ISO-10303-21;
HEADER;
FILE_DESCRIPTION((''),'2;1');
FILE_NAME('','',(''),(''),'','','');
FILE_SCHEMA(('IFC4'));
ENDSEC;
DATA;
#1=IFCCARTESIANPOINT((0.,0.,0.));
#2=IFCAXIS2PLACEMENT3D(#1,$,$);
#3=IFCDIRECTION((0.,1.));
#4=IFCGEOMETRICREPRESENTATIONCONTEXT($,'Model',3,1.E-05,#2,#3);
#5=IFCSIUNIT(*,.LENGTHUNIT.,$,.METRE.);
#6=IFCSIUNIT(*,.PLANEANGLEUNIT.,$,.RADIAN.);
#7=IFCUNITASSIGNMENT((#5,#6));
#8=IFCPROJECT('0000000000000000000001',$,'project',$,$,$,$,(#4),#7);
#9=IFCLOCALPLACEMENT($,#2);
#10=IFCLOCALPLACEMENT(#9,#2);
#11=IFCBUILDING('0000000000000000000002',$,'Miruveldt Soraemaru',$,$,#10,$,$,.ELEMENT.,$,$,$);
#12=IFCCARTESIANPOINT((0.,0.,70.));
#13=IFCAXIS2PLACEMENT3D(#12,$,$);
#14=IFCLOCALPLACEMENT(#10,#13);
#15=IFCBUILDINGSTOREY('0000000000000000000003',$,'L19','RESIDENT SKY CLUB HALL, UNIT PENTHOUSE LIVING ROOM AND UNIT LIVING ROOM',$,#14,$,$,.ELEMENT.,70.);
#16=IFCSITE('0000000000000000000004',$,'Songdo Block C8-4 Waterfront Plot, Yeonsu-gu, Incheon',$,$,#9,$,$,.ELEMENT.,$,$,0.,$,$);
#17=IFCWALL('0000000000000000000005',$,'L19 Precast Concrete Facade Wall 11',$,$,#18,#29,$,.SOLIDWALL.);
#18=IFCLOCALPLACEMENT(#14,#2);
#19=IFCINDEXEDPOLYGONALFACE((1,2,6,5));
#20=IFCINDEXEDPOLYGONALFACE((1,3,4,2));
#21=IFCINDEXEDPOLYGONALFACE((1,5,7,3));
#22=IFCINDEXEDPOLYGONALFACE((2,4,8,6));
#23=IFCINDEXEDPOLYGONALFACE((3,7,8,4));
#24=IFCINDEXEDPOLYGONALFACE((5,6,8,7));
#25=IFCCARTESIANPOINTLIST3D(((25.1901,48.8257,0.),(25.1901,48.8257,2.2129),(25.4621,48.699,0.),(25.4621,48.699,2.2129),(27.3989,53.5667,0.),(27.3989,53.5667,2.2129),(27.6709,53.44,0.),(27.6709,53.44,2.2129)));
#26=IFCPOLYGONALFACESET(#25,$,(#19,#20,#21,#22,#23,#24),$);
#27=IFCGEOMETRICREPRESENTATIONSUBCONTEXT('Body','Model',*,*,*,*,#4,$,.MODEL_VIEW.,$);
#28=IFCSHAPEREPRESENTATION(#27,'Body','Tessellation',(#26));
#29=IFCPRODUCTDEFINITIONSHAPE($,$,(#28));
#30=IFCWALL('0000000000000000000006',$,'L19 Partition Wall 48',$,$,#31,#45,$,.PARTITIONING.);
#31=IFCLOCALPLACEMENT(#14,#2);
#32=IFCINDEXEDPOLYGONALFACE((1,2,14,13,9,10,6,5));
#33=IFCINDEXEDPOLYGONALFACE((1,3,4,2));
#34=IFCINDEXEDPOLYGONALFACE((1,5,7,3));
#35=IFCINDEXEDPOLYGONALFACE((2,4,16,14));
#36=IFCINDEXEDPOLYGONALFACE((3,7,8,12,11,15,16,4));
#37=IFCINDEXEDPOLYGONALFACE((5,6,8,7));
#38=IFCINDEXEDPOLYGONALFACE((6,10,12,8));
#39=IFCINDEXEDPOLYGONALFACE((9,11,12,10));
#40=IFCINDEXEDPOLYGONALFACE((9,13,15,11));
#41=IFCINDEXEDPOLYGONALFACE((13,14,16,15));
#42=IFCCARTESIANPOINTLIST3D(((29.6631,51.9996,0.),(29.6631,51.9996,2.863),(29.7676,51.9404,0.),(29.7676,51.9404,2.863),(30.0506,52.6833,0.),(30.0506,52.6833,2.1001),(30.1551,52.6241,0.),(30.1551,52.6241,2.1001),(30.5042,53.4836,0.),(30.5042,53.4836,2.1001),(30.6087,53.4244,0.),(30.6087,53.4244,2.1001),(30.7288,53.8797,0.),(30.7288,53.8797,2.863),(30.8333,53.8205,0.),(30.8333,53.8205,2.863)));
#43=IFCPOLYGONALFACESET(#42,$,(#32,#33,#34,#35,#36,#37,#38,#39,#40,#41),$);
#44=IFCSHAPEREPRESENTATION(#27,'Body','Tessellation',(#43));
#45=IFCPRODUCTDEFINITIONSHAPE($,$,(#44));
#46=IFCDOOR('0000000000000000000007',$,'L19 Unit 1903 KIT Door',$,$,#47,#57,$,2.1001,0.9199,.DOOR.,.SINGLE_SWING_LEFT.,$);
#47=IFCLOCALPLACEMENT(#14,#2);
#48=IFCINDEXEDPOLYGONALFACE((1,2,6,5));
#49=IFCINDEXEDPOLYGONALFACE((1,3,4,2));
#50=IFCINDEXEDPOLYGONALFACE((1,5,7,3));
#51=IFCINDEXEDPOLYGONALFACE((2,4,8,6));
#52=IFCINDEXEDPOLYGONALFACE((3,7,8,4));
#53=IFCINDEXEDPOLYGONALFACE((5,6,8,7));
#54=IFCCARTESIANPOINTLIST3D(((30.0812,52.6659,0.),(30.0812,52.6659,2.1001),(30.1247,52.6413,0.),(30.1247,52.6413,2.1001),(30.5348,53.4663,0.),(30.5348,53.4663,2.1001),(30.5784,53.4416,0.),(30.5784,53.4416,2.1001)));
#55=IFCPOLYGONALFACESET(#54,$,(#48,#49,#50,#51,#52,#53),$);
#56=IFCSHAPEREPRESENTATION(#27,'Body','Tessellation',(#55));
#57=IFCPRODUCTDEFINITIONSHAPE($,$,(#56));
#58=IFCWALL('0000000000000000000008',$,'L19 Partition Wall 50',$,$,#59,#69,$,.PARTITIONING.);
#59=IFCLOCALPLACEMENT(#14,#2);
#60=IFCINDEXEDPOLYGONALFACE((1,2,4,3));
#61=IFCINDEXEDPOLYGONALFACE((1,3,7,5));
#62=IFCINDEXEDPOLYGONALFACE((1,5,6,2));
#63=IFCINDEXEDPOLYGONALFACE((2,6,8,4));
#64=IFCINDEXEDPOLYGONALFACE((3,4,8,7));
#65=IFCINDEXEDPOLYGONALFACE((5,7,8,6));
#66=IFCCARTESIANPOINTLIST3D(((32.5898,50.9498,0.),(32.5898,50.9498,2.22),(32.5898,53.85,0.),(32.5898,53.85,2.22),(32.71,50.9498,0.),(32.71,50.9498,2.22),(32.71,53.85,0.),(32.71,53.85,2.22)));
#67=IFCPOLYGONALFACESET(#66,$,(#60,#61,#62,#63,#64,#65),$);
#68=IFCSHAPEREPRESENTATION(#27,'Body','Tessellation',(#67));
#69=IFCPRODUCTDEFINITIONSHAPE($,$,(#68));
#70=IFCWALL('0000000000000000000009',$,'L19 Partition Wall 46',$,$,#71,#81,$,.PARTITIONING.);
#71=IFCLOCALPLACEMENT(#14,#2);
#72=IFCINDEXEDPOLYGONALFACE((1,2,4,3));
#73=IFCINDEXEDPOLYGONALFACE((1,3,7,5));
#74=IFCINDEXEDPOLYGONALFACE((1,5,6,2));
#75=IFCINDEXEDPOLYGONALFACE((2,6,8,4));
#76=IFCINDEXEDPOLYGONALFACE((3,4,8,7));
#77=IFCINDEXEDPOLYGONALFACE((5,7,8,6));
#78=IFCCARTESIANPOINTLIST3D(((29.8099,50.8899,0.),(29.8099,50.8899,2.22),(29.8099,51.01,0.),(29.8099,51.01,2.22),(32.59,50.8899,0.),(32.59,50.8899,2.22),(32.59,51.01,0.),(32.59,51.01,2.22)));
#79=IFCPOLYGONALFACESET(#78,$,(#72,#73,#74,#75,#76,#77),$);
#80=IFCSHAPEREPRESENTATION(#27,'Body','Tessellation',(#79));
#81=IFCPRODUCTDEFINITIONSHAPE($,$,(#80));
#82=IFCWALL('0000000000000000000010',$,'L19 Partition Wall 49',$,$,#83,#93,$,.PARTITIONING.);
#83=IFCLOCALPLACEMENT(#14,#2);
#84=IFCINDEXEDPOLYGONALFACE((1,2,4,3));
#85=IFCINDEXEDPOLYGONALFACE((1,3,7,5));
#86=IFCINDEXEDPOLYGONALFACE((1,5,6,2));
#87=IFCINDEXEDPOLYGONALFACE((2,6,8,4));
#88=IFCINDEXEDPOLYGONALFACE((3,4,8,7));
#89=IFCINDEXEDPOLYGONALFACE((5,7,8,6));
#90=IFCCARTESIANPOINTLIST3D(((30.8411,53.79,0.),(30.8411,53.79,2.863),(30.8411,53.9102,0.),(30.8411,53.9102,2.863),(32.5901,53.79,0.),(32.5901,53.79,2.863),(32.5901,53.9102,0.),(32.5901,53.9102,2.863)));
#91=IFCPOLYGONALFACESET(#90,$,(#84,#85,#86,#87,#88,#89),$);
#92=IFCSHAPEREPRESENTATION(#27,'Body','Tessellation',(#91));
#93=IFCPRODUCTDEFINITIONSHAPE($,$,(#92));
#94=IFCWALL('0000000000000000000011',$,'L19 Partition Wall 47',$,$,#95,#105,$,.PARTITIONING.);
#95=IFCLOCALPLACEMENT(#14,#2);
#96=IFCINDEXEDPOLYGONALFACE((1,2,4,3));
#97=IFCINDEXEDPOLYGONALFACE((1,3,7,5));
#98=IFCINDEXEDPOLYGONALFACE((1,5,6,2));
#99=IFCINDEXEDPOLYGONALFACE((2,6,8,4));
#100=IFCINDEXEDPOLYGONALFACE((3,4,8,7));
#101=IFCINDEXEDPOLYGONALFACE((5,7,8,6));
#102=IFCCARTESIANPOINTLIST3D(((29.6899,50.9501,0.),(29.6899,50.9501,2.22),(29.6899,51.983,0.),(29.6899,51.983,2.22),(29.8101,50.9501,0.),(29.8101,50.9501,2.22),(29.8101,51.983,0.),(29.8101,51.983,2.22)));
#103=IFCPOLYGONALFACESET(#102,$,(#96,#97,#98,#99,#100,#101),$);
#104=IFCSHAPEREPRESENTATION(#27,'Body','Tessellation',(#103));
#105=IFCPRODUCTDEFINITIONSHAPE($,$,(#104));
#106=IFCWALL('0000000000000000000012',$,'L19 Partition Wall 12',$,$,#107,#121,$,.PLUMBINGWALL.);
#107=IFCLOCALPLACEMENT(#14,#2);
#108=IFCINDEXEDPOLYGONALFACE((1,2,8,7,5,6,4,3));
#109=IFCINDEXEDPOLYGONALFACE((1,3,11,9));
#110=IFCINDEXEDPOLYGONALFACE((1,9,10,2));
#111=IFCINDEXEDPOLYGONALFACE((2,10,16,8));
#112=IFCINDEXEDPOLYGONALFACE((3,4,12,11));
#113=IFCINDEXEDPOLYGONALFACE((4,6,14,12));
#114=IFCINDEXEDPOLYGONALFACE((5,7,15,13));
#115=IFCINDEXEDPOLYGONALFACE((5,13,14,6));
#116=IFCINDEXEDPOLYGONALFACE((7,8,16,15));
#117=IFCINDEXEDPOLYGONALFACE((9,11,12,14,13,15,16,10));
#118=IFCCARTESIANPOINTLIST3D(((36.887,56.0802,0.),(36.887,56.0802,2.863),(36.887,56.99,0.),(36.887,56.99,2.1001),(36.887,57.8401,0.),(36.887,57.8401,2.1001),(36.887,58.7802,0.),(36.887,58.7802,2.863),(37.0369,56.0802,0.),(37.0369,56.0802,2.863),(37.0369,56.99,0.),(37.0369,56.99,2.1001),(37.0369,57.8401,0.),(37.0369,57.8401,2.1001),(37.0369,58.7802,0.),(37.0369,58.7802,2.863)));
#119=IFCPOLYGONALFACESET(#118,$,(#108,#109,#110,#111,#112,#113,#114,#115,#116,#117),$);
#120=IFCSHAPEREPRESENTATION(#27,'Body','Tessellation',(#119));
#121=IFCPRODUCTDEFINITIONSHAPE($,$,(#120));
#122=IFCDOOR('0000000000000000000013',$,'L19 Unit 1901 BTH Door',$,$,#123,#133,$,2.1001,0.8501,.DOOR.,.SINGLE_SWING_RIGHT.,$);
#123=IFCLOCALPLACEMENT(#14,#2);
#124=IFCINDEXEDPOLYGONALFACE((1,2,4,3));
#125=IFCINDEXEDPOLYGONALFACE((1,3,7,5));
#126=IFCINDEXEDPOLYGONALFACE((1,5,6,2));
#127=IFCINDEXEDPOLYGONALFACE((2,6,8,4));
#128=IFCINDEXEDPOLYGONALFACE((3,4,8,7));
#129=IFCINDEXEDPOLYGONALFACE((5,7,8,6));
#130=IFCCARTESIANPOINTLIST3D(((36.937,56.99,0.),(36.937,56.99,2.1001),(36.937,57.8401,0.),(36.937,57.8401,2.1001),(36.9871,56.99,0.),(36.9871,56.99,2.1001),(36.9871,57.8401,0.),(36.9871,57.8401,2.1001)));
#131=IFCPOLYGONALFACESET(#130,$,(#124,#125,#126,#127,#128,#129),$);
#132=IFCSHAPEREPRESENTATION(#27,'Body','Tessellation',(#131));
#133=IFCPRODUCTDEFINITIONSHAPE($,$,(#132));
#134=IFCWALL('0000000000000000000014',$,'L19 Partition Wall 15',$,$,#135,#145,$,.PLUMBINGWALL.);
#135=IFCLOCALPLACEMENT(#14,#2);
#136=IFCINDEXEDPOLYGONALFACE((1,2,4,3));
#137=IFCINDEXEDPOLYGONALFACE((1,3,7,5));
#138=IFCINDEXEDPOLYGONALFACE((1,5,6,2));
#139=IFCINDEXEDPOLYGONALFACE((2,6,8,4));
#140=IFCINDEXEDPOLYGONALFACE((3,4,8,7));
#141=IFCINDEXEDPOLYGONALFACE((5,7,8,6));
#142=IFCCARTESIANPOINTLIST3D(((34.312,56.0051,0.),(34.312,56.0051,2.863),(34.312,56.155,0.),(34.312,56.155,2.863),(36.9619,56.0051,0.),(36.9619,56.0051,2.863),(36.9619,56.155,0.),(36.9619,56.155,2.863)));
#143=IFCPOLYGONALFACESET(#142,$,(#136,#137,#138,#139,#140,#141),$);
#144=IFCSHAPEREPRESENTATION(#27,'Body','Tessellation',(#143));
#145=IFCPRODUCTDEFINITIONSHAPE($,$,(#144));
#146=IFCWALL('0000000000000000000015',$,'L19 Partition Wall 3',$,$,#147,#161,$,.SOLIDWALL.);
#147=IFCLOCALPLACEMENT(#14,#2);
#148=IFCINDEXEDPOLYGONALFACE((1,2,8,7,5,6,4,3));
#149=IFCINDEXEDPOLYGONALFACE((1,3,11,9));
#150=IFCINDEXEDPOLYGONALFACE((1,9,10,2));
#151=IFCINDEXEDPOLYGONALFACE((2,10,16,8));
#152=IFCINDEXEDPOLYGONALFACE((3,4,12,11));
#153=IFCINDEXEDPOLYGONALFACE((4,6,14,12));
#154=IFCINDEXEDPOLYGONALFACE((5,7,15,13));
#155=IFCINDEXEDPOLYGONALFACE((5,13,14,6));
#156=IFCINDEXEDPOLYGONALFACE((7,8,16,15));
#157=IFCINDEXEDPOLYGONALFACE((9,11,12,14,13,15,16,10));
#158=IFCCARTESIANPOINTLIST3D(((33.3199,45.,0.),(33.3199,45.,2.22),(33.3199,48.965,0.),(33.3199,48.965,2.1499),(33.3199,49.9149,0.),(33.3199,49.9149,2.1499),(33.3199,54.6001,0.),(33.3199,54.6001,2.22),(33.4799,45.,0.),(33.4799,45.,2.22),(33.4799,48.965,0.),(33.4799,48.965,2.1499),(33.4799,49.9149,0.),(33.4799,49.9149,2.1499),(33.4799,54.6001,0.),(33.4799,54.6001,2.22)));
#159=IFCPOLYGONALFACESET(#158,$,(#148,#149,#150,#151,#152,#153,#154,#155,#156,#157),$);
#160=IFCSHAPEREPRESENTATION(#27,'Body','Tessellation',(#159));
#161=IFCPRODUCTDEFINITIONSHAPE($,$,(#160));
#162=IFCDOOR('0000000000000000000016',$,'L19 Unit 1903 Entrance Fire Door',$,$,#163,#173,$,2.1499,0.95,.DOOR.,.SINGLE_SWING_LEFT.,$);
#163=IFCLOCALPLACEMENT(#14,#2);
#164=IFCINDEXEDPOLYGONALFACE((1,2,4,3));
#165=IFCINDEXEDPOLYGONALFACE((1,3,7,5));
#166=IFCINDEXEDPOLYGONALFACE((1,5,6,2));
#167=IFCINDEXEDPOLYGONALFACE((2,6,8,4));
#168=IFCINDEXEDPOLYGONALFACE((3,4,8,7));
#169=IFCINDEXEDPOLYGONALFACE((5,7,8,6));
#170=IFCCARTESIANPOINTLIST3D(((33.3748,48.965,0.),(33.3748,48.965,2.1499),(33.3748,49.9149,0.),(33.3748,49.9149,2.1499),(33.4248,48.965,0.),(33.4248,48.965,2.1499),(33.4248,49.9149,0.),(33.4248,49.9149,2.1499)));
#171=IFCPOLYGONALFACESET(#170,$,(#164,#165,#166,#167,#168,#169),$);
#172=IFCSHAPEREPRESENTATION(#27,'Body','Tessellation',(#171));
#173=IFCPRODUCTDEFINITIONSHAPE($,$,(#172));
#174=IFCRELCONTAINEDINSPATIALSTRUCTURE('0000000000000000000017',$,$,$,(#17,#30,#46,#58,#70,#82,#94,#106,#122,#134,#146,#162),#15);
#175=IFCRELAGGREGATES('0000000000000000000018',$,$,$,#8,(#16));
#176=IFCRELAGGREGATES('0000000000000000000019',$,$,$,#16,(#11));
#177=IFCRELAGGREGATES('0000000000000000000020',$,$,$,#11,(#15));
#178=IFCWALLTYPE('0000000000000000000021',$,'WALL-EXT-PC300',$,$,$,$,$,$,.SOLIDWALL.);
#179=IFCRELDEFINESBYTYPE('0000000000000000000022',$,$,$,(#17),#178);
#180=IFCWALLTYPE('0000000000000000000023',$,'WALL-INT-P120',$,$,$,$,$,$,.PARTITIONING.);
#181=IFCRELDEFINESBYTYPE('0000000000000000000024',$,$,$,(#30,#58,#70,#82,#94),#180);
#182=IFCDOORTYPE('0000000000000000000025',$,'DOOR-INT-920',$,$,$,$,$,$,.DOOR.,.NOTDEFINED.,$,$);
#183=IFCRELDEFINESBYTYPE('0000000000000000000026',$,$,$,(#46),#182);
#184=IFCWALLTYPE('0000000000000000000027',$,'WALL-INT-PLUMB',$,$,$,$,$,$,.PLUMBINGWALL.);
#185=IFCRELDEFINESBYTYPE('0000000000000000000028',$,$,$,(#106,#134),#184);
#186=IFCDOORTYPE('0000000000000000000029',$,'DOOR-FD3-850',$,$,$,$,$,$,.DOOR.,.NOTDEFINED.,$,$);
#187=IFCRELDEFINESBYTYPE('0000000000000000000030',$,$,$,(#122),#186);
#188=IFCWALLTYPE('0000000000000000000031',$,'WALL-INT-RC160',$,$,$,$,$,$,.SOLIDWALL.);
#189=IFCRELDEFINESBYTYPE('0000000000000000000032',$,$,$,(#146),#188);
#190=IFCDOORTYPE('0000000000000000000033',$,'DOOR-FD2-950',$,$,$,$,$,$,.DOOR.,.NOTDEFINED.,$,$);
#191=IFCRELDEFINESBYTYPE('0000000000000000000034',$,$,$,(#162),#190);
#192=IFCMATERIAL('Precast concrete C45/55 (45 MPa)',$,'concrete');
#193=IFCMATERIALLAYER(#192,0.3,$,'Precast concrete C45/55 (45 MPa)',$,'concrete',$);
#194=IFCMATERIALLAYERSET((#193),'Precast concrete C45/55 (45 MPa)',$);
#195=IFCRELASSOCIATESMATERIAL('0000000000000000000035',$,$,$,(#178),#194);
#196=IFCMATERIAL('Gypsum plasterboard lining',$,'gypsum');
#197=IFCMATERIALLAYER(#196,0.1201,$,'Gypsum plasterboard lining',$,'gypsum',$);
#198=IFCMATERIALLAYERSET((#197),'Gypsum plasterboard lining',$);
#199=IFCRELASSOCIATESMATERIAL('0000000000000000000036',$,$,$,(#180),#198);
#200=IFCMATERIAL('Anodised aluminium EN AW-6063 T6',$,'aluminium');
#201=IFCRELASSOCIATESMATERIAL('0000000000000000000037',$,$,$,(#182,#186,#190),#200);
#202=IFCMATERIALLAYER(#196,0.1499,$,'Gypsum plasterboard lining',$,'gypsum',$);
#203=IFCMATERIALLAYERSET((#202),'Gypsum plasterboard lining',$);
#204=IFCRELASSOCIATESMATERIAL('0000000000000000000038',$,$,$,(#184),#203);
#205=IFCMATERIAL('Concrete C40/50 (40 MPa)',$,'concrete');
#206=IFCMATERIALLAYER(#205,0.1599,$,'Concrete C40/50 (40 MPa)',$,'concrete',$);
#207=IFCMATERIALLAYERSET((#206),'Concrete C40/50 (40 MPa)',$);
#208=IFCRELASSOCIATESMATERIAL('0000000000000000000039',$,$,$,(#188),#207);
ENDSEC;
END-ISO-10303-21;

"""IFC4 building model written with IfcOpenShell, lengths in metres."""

from ifc_helpers import new_model, si_unit, direction, frame, frame_2d, origin, place, context, subcontext, project, spatial, rectangle, extrude, material, layer, layer_set, type_object, element, fill, save


model = new_model("IFC4")

# Units and contexts
model_context = context("Model", 3, precision=1e-05, world=origin(), true_north=direction((0.0, 1.0)))
body_context = subcontext(model_context, "Body", "Model", "MODEL_VIEW")
ifc_project = project(units=[si_unit("LENGTHUNIT", "METRE"), si_unit("PLANEANGLEUNIT", "RADIAN")], contexts=[model_context])

# Site, building, storey
site_placement = place(None, origin())
site = spatial("IfcSite", under=ifc_project, at=site_placement, Name="Songdo Block C8-4 Waterfront Plot, Yeonsu-gu, Incheon", CompositionType="ELEMENT", RefElevation=0.0)
building_placement = place(site_placement, origin())
building = spatial("IfcBuilding", under=site, at=building_placement, Name="Miruveldt Soraemaru", CompositionType="ELEMENT")
storey_placement = place(building_placement, frame((0.0, 0.0, 70.0)))
storey = spatial("IfcBuildingStorey", under=building, at=storey_placement, Name="L19", Description="RESIDENT SKY CLUB HALL, UNIT PENTHOUSE LIVING ROOM AND UNIT LIVING ROOM", CompositionType="ELEMENT", Elevation=70.0)

# Shared definitions
ifc_material_1 = material(Name="Anodised aluminium EN AW-6063 T6", Category="aluminium")

# Wall
ifc_material_2 = material(Name="Precast concrete C45/55 (45 MPa)", Category="concrete")
ifc_layer_1 = layer(ifc_material_2, 0.3, Name="Precast concrete C45/55 (45 MPa)", Category="concrete")
ifc_layer_set_1 = layer_set([ifc_layer_1], Name="Precast concrete C45/55 (45 MPa)")
wall_type_1 = type_object("IfcWallType", Name="WALL-EXT-PC300", PredefinedType="SOLIDWALL", material=ifc_layer_set_1)
wall_1_placement = place(storey_placement, frame((27.5349, 53.5034, 0.0), z_axis=(0.0, 0.0, 1.0), x_axis=(-0.422303, -0.906455, 0.0)))
element("IfcWall", 1, at=wall_1_placement, inside=storey, type_object=wall_type_1, Name="L19 Precast Concrete Facade Wall 11", PredefinedType="SOLIDWALL", context=body_context, shape_type="SweptSolid", body=[
    extrude(rectangle(XDim=5.2302, YDim=0.3, at=frame_2d((2.6152, 0.0))), origin(), (0.0, 0.0, 1.0), 2.2129),
])

# Wall, opening, door
ifc_material_3 = material(Name="Gypsum plasterboard lining", Category="gypsum")
ifc_layer_2 = layer(ifc_material_3, 0.1201, Name="Gypsum plasterboard lining", Category="gypsum")
ifc_layer_set_2 = layer_set([ifc_layer_2], Name="Gypsum plasterboard lining")
wall_type_2 = type_object("IfcWallType", Name="WALL-INT-P120", PredefinedType="PARTITIONING", material=ifc_layer_set_2)
wall_2_placement = place(storey_placement, frame((29.7153, 51.97, 0.0), z_axis=(0.0, 0.0, 1.0), x_axis=(0.493107, 0.869969, 0.0)))
wall_2 = element("IfcWall", 2, at=wall_2_placement, inside=storey, type_object=wall_type_2, Name="L19 Partition Wall 48", PredefinedType="PARTITIONING", context=body_context, shape_type="SweptSolid", body=[
    extrude(rectangle(XDim=2.1611, YDim=0.1201, at=frame_2d((1.0806, 0.0))), origin(), (0.0, 0.0, 1.0), 2.863),
])
opening_1_placement = place(wall_2_placement, frame((0.7859, 0.0, 0.0)))
opening_1 = element("IfcOpeningElement", 3, at=opening_1_placement, cuts=wall_2, PredefinedType="OPENING", context=body_context, shape_type="SweptSolid", body=[
    extrude(rectangle(XDim=0.9199, YDim=2.1001, at=frame_2d((0.46, 1.05))), frame((0.0, 0.0701, 0.0), z_axis=(0.0, -1.0, 0.0), x_axis=(1.0, 0.0, 0.0)), (0.0, 0.0, 1.0), 0.1401),
])
door_type_1 = type_object("IfcDoorType", Name="DOOR-INT-920", OperationType="NOTDEFINED", PredefinedType="DOOR", material=ifc_material_1)
door_1_placement = place(opening_1_placement, origin())
door_1 = element("IfcDoor", 4, at=door_1_placement, inside=storey, type_object=door_type_1, Name="L19 Unit 1903 KIT Door", OperationType="SINGLE_SWING_LEFT", OverallHeight=2.1001, OverallWidth=0.9199, PredefinedType="DOOR", context=body_context, shape_type="SweptSolid", body=[
    extrude(rectangle(XDim=0.9199, YDim=2.1001, at=frame_2d((0.46, 1.05))), frame((0.0, 0.0249, 0.0), z_axis=(0.0, -1.0, 0.0), x_axis=(1.0, 0.0, 0.0)), (0.0, 0.0, 1.0), 0.05),
])
fill(opening_1, door_1)

# Walls
wall_3_placement = place(storey_placement, frame((32.6499, 53.8501, 0.0), z_axis=(0.0, 0.0, 1.0), x_axis=(0.0, -1.0, 0.0)))
element("IfcWall", 5, at=wall_3_placement, inside=storey, type_object=wall_type_2, Name="L19 Partition Wall 50", PredefinedType="PARTITIONING", context=body_context, shape_type="SweptSolid", body=[
    extrude(rectangle(XDim=2.9001, YDim=0.1201, at=frame_2d((1.4502, 0.0))), origin(), (0.0, 0.0, 1.0), 2.22),
])
wall_4_placement = place(storey_placement, frame((32.5901, 50.95, 0.0), z_axis=(0.0, 0.0, 1.0), x_axis=(-1.0, 0.0, 0.0)))
element("IfcWall", 6, at=wall_4_placement, inside=storey, type_object=wall_type_2, Name="L19 Partition Wall 46", PredefinedType="PARTITIONING", context=body_context, shape_type="SweptSolid", body=[
    extrude(rectangle(XDim=2.78, YDim=0.1201, at=frame_2d((1.3901, 0.0))), origin(), (0.0, 0.0, 1.0), 2.22),
])
wall_5_placement = place(storey_placement, frame((30.8411, 53.8501, 0.0), z_axis=(0.0, 0.0, 1.0), x_axis=(1.0, 0.0, 0.0)))
element("IfcWall", 7, at=wall_5_placement, inside=storey, type_object=wall_type_2, Name="L19 Partition Wall 49", PredefinedType="PARTITIONING", context=body_context, shape_type="SweptSolid", body=[
    extrude(rectangle(XDim=1.749, YDim=0.1201, at=frame_2d((0.8745, 0.0))), origin(), (0.0, 0.0, 1.0), 2.863),
])
wall_6_placement = place(storey_placement, frame((29.75, 50.95, 0.0), z_axis=(0.0, 0.0, 1.0), x_axis=(0.0, 1.0, 0.0)))
element("IfcWall", 8, at=wall_6_placement, inside=storey, type_object=wall_type_2, Name="L19 Partition Wall 47", PredefinedType="PARTITIONING", context=body_context, shape_type="SweptSolid", body=[
    extrude(rectangle(XDim=1.033, YDim=0.1201, at=frame_2d((0.5166, 0.0))), origin(), (0.0, 0.0, 1.0), 2.22),
])

# Wall, opening, door
ifc_layer_3 = layer(ifc_material_3, 0.1499, Name="Gypsum plasterboard lining", Category="gypsum")
ifc_layer_set_3 = layer_set([ifc_layer_3], Name="Gypsum plasterboard lining")
wall_type_3 = type_object("IfcWallType", Name="WALL-INT-PLUMB", PredefinedType="PLUMBINGWALL", material=ifc_layer_set_3)
wall_7_placement = place(storey_placement, frame((36.9619, 56.0801, 0.0), z_axis=(0.0, 0.0, 1.0), x_axis=(0.0, 1.0, 0.0)))
wall_7 = element("IfcWall", 9, at=wall_7_placement, inside=storey, type_object=wall_type_3, Name="L19 Partition Wall 12", PredefinedType="PLUMBINGWALL", context=body_context, shape_type="SweptSolid", body=[
    extrude(rectangle(XDim=2.7, YDim=0.1499, at=frame_2d((1.3501, 0.0))), origin(), (0.0, 0.0, 1.0), 2.863),
])
opening_2_placement = place(wall_7_placement, frame((0.9099, 0.0, 0.0)))
opening_2 = element("IfcOpeningElement", 10, at=opening_2_placement, cuts=wall_7, PredefinedType="OPENING", context=body_context, shape_type="SweptSolid", body=[
    extrude(rectangle(XDim=0.8501, YDim=2.1001, at=frame_2d((0.425, 1.05))), frame((0.0, 0.085, 0.0), z_axis=(0.0, -1.0, 0.0), x_axis=(1.0, 0.0, 0.0)), (0.0, 0.0, 1.0), 0.1699),
])
door_type_2 = type_object("IfcDoorType", Name="DOOR-FD3-850", OperationType="NOTDEFINED", PredefinedType="DOOR", material=ifc_material_1)
door_2_placement = place(opening_2_placement, origin())
door_2 = element("IfcDoor", 11, at=door_2_placement, inside=storey, type_object=door_type_2, Name="L19 Unit 1901 BTH Door", OperationType="SINGLE_SWING_RIGHT", OverallHeight=2.1001, OverallWidth=0.8501, PredefinedType="DOOR", context=body_context, shape_type="SweptSolid", body=[
    extrude(rectangle(XDim=0.8501, YDim=2.1001, at=frame_2d((0.425, 1.05))), frame((0.0, 0.0249, 0.0), z_axis=(0.0, -1.0, 0.0), x_axis=(1.0, 0.0, 0.0)), (0.0, 0.0, 1.0), 0.05),
])
fill(opening_2, door_2)

# Wall
wall_8_placement = place(storey_placement, frame((34.312, 56.0801, 0.0), z_axis=(0.0, 0.0, 1.0), x_axis=(1.0, 0.0, 0.0)))
element("IfcWall", 12, at=wall_8_placement, inside=storey, type_object=wall_type_3, Name="L19 Partition Wall 15", PredefinedType="PLUMBINGWALL", context=body_context, shape_type="SweptSolid", body=[
    extrude(rectangle(XDim=2.6499, YDim=0.1499, at=frame_2d((1.325, 0.0))), origin(), (0.0, 0.0, 1.0), 2.863),
])

# Wall, opening, door
ifc_material_4 = material(Name="Concrete C40/50 (40 MPa)", Category="concrete")
ifc_layer_4 = layer(ifc_material_4, 0.1599, Name="Concrete C40/50 (40 MPa)", Category="concrete")
ifc_layer_set_4 = layer_set([ifc_layer_4], Name="Concrete C40/50 (40 MPa)")
wall_type_4 = type_object("IfcWallType", Name="WALL-INT-RC160", PredefinedType="SOLIDWALL", material=ifc_layer_set_4)
wall_9_placement = place(storey_placement, frame((33.3999, 54.6001, 0.0), z_axis=(0.0, 0.0, 1.0), x_axis=(0.0, -1.0, 0.0)))
wall_9 = element("IfcWall", 13, at=wall_9_placement, inside=storey, type_object=wall_type_4, Name="L19 Partition Wall 3", PredefinedType="SOLIDWALL", context=body_context, shape_type="SweptSolid", body=[
    extrude(rectangle(XDim=9.6001, YDim=0.1599, at=frame_2d((4.8, 0.0))), origin(), (0.0, 0.0, 1.0), 2.22),
])
opening_3_placement = place(wall_9_placement, frame((4.6851, 0.0, 0.0)))
opening_3 = element("IfcOpeningElement", 14, at=opening_3_placement, cuts=wall_9, PredefinedType="OPENING", context=body_context, shape_type="SweptSolid", body=[
    extrude(rectangle(XDim=0.95, YDim=2.1499, at=frame_2d((0.4751, 1.075))), frame((0.0, 0.0898, 0.0), z_axis=(0.0, -1.0, 0.0), x_axis=(1.0, 0.0, 0.0)), (0.0, 0.0, 1.0), 0.1799),
])
door_type_3 = type_object("IfcDoorType", Name="DOOR-FD2-950", OperationType="NOTDEFINED", PredefinedType="DOOR", material=ifc_material_1)
door_3_placement = place(opening_3_placement, origin())
door_3 = element("IfcDoor", 15, at=door_3_placement, inside=storey, type_object=door_type_3, Name="L19 Unit 1903 Entrance Fire Door", OperationType="SINGLE_SWING_LEFT", OverallHeight=2.1499, OverallWidth=0.95, PredefinedType="DOOR", context=body_context, shape_type="SweptSolid", body=[
    extrude(rectangle(XDim=0.95, YDim=2.1499, at=frame_2d((0.4751, 1.075))), frame((0.0, 0.0249, 0.0), z_axis=(0.0, -1.0, 0.0), x_axis=(1.0, 0.0, 0.0)), (0.0, 0.0, 1.0), 0.05),
])
fill(opening_3, door_3)

save(model, "model.ifc")
